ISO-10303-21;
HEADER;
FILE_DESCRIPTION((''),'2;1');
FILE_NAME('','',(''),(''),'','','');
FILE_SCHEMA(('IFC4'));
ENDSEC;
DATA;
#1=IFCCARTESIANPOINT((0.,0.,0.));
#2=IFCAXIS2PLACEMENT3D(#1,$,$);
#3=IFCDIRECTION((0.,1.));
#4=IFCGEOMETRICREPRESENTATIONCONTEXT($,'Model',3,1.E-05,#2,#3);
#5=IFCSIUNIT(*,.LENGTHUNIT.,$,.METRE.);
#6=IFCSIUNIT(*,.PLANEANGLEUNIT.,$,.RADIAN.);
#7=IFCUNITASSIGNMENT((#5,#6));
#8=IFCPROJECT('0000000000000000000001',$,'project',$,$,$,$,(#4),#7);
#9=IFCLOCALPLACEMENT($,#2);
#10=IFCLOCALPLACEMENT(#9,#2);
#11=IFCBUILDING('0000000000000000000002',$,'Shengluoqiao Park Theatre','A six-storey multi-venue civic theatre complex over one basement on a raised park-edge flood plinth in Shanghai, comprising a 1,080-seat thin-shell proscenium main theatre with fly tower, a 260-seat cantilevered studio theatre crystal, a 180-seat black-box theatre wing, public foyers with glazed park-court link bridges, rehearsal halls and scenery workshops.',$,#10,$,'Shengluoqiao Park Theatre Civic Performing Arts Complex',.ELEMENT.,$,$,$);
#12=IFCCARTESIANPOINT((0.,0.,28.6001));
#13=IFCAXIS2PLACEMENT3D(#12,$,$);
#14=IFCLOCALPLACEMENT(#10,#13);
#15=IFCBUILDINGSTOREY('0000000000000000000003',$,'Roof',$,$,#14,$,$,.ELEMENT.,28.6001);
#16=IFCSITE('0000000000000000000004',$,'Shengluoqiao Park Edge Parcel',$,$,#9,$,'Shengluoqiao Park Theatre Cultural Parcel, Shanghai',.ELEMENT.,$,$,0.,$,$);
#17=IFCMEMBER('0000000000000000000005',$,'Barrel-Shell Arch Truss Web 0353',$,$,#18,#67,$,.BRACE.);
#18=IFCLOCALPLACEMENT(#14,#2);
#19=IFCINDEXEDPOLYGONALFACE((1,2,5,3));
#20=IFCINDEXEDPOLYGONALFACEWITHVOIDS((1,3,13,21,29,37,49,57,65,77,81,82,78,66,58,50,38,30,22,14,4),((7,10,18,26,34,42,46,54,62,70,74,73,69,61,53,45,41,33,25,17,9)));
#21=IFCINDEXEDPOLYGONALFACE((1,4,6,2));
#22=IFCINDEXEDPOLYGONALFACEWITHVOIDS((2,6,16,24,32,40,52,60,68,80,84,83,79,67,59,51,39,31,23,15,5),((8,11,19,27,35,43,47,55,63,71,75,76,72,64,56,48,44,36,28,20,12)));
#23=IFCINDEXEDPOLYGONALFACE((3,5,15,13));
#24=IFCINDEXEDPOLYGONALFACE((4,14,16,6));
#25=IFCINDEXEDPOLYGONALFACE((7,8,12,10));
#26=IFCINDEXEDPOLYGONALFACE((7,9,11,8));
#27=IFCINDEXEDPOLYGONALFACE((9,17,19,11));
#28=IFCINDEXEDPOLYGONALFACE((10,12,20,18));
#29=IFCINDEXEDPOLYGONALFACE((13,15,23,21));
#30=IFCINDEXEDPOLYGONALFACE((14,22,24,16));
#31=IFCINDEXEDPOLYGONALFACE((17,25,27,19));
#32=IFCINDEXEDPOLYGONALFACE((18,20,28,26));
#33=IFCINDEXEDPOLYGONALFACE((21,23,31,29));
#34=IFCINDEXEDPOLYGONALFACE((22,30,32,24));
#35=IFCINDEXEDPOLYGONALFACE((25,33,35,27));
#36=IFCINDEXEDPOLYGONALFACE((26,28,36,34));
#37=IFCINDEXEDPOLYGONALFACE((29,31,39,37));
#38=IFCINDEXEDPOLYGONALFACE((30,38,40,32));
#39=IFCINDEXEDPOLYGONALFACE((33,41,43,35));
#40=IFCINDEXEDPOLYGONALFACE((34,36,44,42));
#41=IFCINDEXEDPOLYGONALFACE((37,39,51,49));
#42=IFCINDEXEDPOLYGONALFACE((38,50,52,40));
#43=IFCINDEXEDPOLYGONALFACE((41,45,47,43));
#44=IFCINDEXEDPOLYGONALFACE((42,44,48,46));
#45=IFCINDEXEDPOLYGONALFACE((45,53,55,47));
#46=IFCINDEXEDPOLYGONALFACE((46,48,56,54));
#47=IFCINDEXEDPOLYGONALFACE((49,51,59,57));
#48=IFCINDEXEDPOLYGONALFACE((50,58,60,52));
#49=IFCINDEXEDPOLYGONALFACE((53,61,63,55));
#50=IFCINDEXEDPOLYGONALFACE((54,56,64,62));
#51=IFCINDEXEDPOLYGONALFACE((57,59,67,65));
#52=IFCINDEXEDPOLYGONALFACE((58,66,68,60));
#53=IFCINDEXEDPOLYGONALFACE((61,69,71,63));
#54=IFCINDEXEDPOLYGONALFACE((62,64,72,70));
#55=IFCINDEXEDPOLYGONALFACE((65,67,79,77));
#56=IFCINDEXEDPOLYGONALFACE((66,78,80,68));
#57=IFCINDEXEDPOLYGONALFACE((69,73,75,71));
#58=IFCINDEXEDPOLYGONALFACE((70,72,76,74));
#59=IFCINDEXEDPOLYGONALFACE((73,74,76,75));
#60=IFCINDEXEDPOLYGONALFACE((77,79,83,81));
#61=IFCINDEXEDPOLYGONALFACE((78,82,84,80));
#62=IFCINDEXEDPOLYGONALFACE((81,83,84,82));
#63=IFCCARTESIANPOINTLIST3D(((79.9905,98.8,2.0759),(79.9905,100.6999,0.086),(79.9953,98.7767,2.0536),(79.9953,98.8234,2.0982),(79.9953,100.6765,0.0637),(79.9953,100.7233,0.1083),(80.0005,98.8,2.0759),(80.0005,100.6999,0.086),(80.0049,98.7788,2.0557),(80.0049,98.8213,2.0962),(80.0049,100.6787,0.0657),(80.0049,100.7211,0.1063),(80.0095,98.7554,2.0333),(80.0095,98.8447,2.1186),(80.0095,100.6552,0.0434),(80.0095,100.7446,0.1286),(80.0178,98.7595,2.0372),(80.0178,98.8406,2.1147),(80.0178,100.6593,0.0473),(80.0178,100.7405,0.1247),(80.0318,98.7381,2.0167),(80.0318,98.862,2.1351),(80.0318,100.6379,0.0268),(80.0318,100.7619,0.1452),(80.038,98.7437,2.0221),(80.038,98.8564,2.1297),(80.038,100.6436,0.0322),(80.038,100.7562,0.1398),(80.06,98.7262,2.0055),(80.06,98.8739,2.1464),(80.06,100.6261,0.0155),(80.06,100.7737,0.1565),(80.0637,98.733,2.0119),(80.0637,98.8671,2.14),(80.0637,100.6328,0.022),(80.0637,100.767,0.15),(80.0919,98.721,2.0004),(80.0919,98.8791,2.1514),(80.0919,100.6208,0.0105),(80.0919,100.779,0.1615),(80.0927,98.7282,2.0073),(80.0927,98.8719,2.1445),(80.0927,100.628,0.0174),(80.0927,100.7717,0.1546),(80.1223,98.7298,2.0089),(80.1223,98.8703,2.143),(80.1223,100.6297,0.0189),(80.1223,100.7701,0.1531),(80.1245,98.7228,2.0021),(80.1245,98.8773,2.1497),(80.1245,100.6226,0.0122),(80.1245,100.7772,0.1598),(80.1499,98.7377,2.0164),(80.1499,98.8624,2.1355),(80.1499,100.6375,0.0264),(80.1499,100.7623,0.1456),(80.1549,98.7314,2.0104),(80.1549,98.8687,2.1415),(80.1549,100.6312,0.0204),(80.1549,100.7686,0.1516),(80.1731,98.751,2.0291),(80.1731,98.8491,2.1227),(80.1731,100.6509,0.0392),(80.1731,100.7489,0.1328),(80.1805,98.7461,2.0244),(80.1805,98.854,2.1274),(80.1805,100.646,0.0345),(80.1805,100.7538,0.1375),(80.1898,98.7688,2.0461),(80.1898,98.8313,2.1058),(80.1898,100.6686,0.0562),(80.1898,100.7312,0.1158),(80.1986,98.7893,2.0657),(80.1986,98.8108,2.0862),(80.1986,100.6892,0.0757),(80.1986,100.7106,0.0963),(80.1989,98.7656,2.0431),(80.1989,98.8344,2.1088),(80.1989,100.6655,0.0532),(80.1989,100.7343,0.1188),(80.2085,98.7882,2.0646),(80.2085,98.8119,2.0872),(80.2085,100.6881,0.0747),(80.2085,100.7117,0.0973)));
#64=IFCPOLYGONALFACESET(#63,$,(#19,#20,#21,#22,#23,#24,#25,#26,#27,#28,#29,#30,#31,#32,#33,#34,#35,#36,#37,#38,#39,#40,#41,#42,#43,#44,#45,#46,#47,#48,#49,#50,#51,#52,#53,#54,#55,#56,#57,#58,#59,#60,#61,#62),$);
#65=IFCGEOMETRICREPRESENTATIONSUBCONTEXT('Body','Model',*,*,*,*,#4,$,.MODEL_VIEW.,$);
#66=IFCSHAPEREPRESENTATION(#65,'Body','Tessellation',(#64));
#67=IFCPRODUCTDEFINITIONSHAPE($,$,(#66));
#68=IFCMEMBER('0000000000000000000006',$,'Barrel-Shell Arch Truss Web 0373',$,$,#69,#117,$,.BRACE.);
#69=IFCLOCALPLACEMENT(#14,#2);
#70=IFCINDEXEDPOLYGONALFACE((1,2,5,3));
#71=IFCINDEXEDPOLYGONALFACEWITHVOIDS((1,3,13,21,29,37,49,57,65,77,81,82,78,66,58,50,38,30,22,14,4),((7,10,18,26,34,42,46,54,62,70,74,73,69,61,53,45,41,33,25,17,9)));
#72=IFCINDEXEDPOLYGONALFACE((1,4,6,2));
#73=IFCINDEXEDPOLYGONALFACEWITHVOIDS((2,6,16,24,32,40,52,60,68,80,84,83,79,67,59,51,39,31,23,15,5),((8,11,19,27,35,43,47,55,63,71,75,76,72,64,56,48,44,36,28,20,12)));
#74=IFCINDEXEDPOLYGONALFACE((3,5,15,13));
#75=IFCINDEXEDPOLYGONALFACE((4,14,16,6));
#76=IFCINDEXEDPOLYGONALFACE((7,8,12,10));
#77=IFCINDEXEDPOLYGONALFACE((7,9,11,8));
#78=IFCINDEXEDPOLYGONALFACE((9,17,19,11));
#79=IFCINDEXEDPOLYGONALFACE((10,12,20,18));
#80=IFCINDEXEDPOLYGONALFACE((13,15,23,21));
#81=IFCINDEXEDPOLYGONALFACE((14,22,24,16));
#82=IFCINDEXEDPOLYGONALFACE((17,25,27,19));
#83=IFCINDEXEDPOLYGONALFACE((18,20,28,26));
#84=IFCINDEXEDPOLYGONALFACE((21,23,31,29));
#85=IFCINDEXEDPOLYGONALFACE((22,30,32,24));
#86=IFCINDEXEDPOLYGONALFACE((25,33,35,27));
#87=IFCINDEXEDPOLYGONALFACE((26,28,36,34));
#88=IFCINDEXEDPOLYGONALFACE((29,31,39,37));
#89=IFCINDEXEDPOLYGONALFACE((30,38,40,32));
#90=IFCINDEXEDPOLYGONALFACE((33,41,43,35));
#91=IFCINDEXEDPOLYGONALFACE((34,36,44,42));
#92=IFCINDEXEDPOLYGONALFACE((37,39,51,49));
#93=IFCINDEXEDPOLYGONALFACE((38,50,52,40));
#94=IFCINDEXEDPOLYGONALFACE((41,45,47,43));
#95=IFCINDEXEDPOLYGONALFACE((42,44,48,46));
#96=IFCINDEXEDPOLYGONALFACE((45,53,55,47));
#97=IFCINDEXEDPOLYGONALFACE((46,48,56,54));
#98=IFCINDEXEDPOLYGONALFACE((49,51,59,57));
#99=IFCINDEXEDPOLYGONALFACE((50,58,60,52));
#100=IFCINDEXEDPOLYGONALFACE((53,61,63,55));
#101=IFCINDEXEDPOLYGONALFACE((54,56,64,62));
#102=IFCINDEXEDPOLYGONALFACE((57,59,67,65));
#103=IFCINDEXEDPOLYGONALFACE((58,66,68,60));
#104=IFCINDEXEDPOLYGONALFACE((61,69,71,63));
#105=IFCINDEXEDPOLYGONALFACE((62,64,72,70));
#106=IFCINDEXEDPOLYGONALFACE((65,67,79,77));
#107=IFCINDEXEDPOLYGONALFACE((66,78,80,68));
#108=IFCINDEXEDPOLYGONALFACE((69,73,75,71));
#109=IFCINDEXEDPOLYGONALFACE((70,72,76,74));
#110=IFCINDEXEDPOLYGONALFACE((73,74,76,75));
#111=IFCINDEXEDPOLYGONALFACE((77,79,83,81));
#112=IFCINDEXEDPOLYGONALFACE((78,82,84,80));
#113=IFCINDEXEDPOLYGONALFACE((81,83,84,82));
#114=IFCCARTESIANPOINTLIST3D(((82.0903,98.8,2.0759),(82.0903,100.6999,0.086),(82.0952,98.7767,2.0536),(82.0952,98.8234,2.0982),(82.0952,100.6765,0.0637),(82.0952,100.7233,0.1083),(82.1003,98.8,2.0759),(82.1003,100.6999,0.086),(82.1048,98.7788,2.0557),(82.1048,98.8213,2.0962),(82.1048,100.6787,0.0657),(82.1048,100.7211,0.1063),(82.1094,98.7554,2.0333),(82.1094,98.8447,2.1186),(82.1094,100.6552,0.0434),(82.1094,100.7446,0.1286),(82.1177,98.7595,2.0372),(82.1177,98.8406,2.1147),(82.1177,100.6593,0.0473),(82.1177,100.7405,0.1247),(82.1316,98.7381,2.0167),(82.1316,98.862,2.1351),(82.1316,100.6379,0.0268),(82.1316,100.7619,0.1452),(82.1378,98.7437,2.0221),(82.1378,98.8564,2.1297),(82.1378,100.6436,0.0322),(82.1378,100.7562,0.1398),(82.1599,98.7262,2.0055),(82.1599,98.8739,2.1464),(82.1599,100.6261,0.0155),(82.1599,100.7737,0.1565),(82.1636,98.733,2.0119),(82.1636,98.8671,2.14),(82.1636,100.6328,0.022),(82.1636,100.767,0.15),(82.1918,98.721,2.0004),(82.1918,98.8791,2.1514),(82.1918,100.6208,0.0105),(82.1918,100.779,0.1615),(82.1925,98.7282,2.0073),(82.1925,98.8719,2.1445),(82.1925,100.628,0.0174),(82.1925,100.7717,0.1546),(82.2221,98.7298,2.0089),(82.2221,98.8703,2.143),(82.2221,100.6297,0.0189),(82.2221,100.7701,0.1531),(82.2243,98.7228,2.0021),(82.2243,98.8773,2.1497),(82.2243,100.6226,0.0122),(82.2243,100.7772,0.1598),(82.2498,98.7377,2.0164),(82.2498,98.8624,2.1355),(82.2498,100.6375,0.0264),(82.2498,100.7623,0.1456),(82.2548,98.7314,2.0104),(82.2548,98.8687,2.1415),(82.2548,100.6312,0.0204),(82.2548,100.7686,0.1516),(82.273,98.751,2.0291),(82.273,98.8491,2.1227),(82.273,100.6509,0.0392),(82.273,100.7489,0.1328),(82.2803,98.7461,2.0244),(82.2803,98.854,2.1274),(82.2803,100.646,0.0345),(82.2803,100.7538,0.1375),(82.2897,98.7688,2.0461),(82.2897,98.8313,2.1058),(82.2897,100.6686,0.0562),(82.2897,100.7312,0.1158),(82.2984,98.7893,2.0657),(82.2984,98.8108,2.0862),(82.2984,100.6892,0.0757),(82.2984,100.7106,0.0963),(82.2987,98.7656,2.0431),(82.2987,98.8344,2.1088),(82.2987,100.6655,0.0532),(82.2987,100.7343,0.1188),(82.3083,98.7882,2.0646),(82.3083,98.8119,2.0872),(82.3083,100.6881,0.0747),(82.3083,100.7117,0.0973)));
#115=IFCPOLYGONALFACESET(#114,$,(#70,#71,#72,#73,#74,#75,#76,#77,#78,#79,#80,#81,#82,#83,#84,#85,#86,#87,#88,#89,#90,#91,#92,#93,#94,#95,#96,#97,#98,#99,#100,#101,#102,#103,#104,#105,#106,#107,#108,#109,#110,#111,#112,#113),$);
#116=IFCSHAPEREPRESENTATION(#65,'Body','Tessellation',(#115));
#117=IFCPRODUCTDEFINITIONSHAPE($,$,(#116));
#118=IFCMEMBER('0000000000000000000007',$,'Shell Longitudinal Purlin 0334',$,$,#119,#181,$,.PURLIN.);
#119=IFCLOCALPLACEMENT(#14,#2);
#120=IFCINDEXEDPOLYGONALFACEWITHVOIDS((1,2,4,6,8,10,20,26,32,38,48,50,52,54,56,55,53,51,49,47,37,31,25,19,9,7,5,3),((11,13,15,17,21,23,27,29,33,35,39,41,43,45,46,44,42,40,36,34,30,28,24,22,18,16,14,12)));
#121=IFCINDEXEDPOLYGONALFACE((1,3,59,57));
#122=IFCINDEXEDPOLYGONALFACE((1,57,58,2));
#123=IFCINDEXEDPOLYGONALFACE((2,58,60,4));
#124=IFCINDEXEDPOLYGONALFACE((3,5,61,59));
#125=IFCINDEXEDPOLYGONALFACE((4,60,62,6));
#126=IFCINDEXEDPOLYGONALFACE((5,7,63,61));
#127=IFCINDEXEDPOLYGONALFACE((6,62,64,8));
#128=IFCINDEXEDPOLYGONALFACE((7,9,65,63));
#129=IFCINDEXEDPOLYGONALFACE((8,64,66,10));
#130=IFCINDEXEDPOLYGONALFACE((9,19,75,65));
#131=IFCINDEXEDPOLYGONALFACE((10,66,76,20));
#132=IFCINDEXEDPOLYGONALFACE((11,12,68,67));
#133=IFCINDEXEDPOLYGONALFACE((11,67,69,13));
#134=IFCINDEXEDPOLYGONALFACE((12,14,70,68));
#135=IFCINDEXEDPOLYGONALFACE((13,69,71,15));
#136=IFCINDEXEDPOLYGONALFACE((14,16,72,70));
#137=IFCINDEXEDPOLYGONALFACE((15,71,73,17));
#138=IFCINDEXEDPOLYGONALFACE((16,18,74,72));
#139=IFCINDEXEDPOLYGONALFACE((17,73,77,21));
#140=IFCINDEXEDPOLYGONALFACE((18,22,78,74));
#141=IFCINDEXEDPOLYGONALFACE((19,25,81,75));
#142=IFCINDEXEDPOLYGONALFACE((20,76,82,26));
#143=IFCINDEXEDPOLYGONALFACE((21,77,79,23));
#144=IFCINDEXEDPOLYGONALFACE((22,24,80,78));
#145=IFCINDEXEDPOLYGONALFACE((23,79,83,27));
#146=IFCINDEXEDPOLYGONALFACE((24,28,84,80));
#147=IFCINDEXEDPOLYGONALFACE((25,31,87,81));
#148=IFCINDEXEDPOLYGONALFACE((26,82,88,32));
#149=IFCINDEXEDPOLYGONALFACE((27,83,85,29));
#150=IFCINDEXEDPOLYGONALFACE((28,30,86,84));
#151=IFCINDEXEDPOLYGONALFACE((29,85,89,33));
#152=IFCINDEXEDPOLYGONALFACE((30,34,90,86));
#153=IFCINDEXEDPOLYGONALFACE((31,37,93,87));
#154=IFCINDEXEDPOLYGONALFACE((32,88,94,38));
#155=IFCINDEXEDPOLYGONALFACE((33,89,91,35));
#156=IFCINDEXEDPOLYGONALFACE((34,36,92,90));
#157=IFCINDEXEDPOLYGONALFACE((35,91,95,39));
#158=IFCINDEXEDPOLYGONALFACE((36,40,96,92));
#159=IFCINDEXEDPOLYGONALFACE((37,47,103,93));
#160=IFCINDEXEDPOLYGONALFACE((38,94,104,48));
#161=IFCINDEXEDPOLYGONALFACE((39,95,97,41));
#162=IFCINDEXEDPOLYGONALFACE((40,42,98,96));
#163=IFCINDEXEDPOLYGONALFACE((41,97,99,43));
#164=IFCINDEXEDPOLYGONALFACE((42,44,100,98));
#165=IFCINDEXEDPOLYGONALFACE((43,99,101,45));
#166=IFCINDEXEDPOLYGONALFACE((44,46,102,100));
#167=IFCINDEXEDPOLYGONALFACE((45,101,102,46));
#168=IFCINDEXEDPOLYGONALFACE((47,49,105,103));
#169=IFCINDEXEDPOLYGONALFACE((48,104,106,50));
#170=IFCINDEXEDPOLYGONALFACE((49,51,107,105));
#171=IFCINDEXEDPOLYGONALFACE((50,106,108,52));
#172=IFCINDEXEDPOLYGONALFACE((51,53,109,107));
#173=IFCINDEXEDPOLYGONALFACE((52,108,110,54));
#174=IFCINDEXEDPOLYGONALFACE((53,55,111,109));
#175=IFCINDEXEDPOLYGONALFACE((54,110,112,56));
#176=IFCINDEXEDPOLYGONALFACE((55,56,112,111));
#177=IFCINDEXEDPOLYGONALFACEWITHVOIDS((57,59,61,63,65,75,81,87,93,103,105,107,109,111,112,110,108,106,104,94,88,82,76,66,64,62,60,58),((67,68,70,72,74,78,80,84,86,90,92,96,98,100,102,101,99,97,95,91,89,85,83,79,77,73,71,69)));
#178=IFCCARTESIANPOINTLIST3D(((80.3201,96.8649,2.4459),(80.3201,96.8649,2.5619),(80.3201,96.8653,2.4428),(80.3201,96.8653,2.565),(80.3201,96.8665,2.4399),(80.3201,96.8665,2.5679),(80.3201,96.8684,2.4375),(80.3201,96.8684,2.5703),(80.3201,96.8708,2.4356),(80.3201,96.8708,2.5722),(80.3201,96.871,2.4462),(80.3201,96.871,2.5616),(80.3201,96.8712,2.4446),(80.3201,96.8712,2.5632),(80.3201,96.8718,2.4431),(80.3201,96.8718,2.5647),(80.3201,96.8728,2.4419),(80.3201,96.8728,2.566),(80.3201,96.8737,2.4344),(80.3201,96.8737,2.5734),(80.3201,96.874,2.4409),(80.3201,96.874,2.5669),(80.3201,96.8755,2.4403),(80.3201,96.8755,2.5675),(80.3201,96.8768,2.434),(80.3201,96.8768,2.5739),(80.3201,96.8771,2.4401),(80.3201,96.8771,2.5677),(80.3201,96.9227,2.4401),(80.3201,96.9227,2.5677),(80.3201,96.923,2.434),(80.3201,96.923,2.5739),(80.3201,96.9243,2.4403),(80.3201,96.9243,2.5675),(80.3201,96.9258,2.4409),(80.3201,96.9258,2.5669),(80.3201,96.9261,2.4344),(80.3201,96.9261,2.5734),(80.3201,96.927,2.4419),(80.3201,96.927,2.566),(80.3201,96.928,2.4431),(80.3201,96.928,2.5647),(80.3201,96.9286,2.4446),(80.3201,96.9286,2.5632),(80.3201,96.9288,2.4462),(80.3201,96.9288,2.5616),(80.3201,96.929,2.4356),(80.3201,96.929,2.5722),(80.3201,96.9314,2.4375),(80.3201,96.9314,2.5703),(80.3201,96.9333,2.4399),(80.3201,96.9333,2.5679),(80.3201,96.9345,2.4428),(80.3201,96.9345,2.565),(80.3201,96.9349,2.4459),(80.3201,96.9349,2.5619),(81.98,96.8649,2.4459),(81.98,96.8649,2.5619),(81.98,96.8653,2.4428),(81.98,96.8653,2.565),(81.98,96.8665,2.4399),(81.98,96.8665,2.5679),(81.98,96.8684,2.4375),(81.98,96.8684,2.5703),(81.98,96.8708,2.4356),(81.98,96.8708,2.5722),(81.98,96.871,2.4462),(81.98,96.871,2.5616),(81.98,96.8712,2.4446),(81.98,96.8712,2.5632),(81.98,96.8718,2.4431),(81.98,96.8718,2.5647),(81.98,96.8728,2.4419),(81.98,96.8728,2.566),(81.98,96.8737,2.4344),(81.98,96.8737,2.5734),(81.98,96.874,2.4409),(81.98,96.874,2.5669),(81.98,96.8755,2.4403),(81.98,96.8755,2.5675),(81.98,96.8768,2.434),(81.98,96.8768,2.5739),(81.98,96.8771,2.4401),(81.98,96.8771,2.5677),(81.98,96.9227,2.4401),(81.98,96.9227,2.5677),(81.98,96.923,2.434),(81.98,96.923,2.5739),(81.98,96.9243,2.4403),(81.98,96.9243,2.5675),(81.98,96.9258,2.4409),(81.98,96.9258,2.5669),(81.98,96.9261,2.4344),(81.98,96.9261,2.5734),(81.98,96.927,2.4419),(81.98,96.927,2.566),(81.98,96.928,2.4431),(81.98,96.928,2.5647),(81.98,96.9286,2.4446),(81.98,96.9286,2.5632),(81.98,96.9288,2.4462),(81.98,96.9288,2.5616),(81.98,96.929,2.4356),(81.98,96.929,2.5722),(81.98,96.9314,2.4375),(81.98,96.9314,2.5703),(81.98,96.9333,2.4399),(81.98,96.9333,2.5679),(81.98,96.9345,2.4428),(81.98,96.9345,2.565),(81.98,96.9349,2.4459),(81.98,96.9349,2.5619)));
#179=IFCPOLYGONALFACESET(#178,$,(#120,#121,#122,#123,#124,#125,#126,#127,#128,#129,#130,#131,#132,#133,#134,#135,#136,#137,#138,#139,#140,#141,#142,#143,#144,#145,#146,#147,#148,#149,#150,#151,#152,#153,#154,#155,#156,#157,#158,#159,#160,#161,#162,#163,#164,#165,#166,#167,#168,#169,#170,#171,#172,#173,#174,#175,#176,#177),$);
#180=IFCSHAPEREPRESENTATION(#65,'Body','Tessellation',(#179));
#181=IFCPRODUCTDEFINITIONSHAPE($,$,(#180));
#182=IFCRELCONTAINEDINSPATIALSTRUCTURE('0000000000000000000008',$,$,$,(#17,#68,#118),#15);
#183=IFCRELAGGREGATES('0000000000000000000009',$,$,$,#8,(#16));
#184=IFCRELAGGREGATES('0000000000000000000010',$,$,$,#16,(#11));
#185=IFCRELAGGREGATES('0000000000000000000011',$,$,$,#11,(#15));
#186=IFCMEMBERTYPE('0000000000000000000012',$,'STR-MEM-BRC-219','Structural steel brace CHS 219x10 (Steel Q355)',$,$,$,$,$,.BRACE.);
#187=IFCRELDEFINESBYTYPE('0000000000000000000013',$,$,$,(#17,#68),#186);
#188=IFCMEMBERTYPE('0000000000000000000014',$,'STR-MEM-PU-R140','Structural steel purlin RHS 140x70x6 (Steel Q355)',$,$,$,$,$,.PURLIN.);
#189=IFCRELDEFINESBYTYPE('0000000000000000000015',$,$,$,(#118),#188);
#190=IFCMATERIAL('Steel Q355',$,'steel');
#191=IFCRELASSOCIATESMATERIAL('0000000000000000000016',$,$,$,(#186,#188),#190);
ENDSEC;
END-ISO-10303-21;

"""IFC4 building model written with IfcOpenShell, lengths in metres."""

from ifc_helpers import new_model, si_unit, direction, frame, origin, origin_2d, place, context, subcontext, project, spatial, hollow_rectangle, hollow_circle, extrude, material, material_profile, profile_set, type_object, element, save


model = new_model("IFC4")

# Units and contexts
model_context = context("Model", 3, precision=1e-05, world=origin(), true_north=direction((0.0, 1.0)))
body_context = subcontext(model_context, "Body", "Model", "MODEL_VIEW")
ifc_project = project(units=[si_unit("LENGTHUNIT", "METRE"), si_unit("PLANEANGLEUNIT", "RADIAN")], contexts=[model_context])

# Site, building, storey
site_placement = place(None, origin())
site = spatial("IfcSite", under=ifc_project, at=site_placement, Name="Shengluoqiao Park Edge Parcel", LongName="Shengluoqiao Park Theatre Cultural Parcel, Shanghai", CompositionType="ELEMENT", RefElevation=0.0)
building_placement = place(site_placement, origin())
building = spatial("IfcBuilding", under=site, at=building_placement, Name="Shengluoqiao Park Theatre", Description="A six-storey multi-venue civic theatre complex over one basement on a raised park-edge flood plinth in Shanghai, comprising a 1,080-seat thin-shell proscenium main theatre with fly tower, a 260-seat cantilevered studio theatre crystal, a 180-seat black-box theatre wing, public foyers with glazed park-court link bridges, rehearsal halls and scenery workshops.", LongName="Shengluoqiao Park Theatre Civic Performing Arts Complex", CompositionType="ELEMENT")
storey_placement = place(building_placement, frame((0.0, 0.0, 28.6001)))
storey = spatial("IfcBuildingStorey", under=building, at=storey_placement, Name="Roof", CompositionType="ELEMENT", Elevation=28.6001)

# Shared definitions
ifc_material_1 = material(Name="Steel Q355", Category="steel")

# Members
ifc_material_profile_1 = material_profile(ifc_material_1, hollow_circle(Radius=0.1096, WallThickness=0.01, at=origin_2d()), Name="CHS 219x10")
ifc_profile_set_1 = profile_set([ifc_material_profile_1], Name="Steel Q355")
member_type_1 = type_object("IfcMemberType", Name="STR-MEM-BRC-219", Description="Structural steel brace CHS 219x10 (Steel Q355)", PredefinedType="BRACE", material=ifc_profile_set_1)
for number, where, z_axis, x_axis, name in (
    (1, (80.1001, 98.8, 2.0759), (0.0, 0.690545, -0.723289), (-1.0, 0.0, 0.0), "Barrel-Shell Arch Truss Web 0353"),
    (2, (82.2, 98.8, 2.0759), (0.0, 0.690545, -0.723289), (-1.0, 0.0, 0.0), "Barrel-Shell Arch Truss Web 0373"),
):
    element("IfcMember", number, at=place(storey_placement, frame(where, z_axis=z_axis, x_axis=x_axis)), inside=storey, type_object=member_type_1, Name=name, PredefinedType="BRACE", context=body_context, shape_type="SweptSolid", body=[
        extrude(hollow_circle(Radius=0.1096, WallThickness=0.01, at=origin_2d()), origin(), (0.0, 0.0, 1.0), 2.7512),
    ])
ifc_material_profile_2 = material_profile(ifc_material_1, hollow_rectangle(XDim=0.0701, YDim=0.1399, WallThickness=0.0061, InnerFilletRadius=0.0061, OuterFilletRadius=0.012, at=origin_2d()), Name="RHS 140x70x6")
ifc_profile_set_2 = profile_set([ifc_material_profile_2], Name="Steel Q355")
member_type_2 = type_object("IfcMemberType", Name="STR-MEM-PU-R140", Description="Structural steel purlin RHS 140x70x6 (Steel Q355)", PredefinedType="PURLIN", material=ifc_profile_set_2)
member_placement = place(storey_placement, frame((80.3201, 96.8999, 2.5039), z_axis=(1.0, 0.0, 0.0), x_axis=(0.0, 1.0, 0.0)))
element("IfcMember", 3, at=member_placement, inside=storey, type_object=member_type_2, Name="Shell Longitudinal Purlin 0334", PredefinedType="PURLIN", context=body_context, shape_type="SweptSolid", body=[
    extrude(hollow_rectangle(XDim=0.0701, YDim=0.1399, WallThickness=0.0061, InnerFilletRadius=0.0061, OuterFilletRadius=0.012, at=origin_2d()), origin(), (0.0, 0.0, 1.0), 1.6599),
])

save(model, "model.ifc")
